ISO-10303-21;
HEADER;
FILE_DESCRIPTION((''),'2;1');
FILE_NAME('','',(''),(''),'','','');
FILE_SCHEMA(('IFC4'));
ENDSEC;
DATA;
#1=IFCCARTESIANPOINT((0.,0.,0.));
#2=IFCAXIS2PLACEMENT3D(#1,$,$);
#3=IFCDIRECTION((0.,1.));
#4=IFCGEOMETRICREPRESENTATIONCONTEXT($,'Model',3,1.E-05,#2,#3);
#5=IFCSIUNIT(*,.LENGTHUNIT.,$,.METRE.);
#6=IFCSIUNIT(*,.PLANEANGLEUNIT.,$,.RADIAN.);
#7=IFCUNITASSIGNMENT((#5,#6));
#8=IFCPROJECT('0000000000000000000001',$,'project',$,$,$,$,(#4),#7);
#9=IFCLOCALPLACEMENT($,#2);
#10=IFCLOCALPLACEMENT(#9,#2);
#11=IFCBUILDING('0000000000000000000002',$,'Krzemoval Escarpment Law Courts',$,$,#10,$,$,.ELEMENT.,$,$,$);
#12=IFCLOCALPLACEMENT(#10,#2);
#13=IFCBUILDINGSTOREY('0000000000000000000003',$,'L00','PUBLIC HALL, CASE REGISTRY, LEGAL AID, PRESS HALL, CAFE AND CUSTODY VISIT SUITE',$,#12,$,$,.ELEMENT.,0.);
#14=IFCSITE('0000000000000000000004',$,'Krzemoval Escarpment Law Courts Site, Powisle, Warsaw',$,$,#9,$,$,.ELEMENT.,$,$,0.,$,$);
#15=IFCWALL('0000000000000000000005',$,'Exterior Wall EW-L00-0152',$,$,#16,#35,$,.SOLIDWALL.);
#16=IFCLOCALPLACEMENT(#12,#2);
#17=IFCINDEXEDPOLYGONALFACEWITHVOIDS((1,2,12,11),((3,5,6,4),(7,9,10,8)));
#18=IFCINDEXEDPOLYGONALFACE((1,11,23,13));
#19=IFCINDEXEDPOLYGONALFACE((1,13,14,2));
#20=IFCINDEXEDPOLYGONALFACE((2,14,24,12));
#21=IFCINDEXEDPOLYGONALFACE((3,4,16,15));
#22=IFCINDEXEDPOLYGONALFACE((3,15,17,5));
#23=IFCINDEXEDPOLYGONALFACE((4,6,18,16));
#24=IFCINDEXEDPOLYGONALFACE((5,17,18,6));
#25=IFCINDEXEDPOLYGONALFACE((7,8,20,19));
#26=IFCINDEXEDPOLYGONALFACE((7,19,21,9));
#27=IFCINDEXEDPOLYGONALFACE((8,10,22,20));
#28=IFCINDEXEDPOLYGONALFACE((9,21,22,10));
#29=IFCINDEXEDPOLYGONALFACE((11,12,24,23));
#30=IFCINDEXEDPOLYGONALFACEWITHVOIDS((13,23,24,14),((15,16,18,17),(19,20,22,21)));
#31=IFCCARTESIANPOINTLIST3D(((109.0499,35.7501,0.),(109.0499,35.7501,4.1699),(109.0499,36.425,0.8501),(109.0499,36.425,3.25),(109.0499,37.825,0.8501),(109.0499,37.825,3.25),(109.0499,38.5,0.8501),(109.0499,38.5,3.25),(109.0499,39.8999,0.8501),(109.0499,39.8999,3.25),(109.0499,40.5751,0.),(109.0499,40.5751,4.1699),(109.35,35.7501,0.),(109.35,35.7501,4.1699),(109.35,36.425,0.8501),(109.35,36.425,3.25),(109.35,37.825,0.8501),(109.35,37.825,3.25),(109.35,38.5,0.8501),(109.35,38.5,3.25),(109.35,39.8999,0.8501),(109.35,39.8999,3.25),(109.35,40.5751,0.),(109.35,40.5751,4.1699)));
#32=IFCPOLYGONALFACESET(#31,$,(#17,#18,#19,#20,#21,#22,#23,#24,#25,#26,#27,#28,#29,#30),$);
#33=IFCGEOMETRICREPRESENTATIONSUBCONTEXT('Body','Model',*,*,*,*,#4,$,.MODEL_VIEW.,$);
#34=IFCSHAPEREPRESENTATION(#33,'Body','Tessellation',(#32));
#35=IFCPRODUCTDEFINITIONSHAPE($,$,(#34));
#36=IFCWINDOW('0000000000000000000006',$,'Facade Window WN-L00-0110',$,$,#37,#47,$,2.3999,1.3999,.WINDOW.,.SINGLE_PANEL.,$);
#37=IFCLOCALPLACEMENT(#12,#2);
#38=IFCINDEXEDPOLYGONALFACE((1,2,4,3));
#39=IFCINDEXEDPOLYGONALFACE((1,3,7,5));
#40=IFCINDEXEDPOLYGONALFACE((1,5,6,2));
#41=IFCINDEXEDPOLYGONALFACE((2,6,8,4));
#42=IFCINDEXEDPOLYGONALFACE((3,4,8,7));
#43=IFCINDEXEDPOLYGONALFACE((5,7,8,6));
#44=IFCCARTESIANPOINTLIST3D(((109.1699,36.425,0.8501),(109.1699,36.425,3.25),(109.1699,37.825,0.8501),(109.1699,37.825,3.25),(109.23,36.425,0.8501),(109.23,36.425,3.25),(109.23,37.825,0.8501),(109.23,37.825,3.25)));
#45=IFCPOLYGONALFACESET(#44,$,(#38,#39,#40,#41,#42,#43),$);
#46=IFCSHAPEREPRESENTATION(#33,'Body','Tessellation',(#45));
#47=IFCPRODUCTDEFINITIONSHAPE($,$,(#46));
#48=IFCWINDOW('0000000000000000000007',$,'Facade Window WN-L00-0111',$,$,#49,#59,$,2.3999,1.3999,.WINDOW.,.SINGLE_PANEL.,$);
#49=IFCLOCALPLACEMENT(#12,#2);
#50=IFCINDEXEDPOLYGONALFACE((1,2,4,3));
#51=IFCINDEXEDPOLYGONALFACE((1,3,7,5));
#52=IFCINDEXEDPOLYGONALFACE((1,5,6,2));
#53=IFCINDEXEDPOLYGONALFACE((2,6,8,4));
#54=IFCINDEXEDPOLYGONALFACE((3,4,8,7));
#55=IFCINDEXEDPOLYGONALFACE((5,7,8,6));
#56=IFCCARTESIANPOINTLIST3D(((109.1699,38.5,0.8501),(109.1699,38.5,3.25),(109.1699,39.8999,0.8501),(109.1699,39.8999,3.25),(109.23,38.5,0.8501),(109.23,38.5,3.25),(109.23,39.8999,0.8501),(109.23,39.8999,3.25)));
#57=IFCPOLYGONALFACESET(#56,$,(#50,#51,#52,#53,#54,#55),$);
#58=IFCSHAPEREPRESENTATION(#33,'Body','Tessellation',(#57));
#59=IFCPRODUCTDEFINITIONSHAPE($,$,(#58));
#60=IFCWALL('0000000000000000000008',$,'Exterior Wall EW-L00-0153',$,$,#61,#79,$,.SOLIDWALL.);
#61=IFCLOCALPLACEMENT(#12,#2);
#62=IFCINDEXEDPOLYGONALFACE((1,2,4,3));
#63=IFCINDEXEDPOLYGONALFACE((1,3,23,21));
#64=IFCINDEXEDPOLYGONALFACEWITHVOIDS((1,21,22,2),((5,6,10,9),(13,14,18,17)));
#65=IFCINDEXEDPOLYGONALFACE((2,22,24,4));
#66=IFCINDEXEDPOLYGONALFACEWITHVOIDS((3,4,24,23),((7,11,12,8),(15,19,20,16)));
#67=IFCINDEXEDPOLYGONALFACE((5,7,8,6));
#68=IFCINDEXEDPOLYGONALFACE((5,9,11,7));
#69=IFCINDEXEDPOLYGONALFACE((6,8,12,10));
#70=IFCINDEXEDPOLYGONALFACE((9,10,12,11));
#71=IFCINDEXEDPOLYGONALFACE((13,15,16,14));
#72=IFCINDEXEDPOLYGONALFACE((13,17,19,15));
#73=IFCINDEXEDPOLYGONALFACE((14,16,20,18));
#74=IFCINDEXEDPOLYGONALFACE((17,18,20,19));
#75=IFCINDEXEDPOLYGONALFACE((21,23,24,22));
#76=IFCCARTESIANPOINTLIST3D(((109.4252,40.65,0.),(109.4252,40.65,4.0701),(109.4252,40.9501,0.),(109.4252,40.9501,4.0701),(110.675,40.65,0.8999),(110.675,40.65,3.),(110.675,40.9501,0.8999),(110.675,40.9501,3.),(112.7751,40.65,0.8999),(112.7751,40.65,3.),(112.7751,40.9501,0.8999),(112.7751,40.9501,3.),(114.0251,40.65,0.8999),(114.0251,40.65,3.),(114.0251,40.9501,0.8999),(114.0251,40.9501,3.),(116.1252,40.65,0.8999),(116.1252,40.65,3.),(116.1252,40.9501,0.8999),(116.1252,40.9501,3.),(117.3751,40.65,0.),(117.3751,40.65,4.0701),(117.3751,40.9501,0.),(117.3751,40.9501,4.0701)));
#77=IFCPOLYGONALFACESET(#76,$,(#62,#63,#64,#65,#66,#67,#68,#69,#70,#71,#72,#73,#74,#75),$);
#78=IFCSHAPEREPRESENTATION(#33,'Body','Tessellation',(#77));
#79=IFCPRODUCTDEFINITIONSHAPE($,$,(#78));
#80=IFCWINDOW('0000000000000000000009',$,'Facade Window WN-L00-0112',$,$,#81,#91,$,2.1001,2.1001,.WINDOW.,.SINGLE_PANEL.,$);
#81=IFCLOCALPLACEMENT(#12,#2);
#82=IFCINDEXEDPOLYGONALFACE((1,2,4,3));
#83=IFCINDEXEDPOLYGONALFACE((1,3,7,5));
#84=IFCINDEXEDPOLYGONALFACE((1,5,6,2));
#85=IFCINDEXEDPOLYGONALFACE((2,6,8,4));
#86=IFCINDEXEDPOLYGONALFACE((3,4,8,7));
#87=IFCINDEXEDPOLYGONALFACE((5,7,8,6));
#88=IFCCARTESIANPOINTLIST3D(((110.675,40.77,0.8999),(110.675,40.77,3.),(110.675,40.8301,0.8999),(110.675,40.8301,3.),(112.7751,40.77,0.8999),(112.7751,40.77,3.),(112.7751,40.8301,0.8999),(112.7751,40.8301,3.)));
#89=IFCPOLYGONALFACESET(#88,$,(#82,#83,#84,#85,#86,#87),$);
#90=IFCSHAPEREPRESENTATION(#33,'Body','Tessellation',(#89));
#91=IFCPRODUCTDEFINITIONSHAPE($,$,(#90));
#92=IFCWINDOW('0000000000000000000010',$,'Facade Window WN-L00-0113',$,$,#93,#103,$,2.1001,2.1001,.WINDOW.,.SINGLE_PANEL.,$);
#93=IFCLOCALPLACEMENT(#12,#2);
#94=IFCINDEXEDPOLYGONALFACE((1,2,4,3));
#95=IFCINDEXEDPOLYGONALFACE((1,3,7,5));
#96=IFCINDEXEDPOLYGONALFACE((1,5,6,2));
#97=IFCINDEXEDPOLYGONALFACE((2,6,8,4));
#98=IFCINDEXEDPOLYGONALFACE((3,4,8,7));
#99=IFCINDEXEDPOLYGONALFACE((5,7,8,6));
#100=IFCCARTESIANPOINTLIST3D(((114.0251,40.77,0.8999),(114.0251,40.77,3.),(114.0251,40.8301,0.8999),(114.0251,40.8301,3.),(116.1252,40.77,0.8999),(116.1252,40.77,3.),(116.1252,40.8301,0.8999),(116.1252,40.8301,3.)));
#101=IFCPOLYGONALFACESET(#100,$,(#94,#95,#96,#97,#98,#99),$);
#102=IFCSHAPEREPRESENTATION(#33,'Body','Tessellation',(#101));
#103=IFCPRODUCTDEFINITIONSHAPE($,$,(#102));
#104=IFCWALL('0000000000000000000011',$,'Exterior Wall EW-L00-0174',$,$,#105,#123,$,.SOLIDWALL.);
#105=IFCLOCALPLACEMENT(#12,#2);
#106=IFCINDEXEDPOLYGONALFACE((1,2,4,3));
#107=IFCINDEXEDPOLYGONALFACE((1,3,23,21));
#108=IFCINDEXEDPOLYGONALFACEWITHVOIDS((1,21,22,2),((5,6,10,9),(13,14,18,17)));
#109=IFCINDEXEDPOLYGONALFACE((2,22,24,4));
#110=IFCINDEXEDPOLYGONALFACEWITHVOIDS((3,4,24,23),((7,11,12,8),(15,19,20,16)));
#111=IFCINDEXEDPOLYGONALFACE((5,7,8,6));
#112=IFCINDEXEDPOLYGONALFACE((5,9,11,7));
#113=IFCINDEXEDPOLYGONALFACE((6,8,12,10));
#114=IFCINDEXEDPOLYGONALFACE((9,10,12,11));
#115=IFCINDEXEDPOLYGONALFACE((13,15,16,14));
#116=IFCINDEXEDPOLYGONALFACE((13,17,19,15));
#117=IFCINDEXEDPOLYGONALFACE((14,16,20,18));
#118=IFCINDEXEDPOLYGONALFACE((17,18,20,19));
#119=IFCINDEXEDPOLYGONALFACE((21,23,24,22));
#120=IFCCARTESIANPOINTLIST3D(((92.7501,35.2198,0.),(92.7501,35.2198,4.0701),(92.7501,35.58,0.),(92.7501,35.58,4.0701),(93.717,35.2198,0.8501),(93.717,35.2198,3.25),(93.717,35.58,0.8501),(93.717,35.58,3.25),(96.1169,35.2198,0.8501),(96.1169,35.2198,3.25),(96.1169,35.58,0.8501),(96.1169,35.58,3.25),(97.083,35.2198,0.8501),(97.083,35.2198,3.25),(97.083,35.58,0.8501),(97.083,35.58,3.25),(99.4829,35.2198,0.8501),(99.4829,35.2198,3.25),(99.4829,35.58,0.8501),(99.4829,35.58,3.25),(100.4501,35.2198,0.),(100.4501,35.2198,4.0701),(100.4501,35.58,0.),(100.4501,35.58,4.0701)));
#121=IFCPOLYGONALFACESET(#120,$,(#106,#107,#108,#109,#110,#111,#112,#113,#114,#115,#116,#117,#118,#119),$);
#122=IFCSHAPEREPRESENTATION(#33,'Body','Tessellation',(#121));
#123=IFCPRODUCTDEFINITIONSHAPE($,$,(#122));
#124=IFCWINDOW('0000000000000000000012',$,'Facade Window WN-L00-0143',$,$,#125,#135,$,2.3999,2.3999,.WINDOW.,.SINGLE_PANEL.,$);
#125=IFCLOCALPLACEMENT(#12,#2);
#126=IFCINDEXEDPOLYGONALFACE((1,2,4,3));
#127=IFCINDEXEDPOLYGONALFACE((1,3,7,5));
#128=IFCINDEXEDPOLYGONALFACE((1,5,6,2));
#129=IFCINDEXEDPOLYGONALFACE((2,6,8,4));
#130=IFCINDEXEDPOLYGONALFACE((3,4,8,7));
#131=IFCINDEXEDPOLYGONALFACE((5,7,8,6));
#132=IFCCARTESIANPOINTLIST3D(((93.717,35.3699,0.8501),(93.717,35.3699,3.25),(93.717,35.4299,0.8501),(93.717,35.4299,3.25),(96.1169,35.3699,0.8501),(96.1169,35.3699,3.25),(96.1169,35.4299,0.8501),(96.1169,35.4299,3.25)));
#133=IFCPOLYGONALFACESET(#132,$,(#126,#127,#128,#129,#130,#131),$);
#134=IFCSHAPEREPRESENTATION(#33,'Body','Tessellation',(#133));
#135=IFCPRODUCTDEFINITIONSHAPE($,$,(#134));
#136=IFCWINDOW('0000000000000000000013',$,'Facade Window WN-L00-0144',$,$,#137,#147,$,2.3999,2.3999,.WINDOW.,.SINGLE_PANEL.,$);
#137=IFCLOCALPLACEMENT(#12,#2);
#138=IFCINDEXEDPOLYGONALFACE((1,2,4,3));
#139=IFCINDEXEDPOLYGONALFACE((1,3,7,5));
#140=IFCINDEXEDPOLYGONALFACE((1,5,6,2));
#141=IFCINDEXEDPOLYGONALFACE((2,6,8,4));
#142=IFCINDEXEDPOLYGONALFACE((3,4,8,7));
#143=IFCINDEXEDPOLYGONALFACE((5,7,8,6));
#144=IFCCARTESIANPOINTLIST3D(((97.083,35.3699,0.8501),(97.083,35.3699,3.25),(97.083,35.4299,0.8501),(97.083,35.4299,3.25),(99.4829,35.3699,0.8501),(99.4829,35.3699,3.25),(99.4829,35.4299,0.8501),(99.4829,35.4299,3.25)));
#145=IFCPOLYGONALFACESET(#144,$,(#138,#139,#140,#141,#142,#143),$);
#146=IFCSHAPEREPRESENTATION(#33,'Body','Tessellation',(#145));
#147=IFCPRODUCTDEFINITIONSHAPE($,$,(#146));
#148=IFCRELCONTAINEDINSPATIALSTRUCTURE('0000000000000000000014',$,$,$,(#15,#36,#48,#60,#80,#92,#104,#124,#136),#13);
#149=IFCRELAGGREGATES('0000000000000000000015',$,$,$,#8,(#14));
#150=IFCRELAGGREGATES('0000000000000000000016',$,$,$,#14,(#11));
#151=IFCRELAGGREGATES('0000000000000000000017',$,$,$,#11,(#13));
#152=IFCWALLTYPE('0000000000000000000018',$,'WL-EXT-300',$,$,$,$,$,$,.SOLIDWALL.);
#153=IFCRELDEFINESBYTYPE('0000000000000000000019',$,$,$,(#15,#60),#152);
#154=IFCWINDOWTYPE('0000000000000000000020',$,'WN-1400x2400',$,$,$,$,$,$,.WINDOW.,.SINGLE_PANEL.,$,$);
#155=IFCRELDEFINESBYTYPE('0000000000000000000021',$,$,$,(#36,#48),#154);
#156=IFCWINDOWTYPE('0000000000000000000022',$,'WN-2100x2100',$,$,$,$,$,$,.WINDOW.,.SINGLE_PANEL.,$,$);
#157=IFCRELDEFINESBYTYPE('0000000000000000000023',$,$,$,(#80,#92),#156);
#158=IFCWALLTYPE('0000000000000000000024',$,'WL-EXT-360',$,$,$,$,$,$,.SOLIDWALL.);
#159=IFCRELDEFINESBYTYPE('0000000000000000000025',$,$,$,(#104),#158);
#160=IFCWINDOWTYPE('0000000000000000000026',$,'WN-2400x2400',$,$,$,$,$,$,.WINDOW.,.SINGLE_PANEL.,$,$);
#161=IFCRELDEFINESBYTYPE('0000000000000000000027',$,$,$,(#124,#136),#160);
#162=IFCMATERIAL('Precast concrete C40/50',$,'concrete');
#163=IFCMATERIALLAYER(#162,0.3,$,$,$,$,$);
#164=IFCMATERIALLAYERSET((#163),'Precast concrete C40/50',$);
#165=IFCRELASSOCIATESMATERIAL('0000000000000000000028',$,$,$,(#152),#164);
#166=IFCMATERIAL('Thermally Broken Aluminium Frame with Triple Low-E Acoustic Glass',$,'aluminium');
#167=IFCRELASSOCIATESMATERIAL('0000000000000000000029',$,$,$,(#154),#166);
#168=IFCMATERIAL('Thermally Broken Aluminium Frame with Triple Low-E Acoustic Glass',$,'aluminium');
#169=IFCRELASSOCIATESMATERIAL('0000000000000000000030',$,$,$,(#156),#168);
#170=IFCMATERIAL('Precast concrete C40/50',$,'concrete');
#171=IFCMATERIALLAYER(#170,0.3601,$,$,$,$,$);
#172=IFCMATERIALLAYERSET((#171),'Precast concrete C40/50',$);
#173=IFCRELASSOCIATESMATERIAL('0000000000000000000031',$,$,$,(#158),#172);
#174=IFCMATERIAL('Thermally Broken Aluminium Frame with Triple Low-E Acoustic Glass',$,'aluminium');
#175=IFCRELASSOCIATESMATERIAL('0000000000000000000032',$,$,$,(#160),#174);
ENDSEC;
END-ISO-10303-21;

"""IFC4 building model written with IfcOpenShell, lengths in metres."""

from ifc_helpers import new_model, si_unit, direction, frame, frame_2d, origin, place, context, subcontext, project, spatial, rectangle, extrude, material, layer, layer_set, type_object, element, fill, save


model = new_model("IFC4")

# Units and contexts
model_context = context("Model", 3, precision=1e-05, world=origin(), true_north=direction((0.0, 1.0)))
body_context = subcontext(model_context, "Body", "Model", "MODEL_VIEW")
ifc_project = project(units=[si_unit("LENGTHUNIT", "METRE"), si_unit("PLANEANGLEUNIT", "RADIAN")], contexts=[model_context])

# Site, building, storey
site_placement = place(None, origin())
site = spatial("IfcSite", under=ifc_project, at=site_placement, Name="Krzemoval Escarpment Law Courts Site, Powisle, Warsaw", CompositionType="ELEMENT", RefElevation=0.0)
building_placement = place(site_placement, origin())
building = spatial("IfcBuilding", under=site, at=building_placement, Name="Krzemoval Escarpment Law Courts", CompositionType="ELEMENT")
storey_placement = place(building_placement, origin())
storey = spatial("IfcBuildingStorey", under=building, at=storey_placement, Name="L00", Description="PUBLIC HALL, CASE REGISTRY, LEGAL AID, PRESS HALL, CAFE AND CUSTODY VISIT SUITE", CompositionType="ELEMENT", Elevation=0.0)

# Walls, openings, windows
ifc_material_1 = material(Name="Precast concrete C40/50", Category="concrete")
ifc_layer_1 = layer(ifc_material_1, 0.3)
ifc_layer_set_1 = layer_set([ifc_layer_1], Name="Precast concrete C40/50")
wall_type_1 = type_object("IfcWallType", Name="WL-EXT-300", PredefinedType="SOLIDWALL", material=ifc_layer_set_1)
wall_1_placement = place(storey_placement, frame((109.2, 35.75, 0.0), z_axis=(0.0, 0.0, 1.0), x_axis=(0.0, 1.0, 0.0)))
wall_1 = element("IfcWall", 1, at=wall_1_placement, inside=storey, type_object=wall_type_1, Name="Exterior Wall EW-L00-0152", PredefinedType="SOLIDWALL", context=body_context, shape_type="SweptSolid", body=[
    extrude(rectangle(XDim=4.825, YDim=0.3, at=frame_2d((2.4126, 0.0))), origin(), (0.0, 0.0, 1.0), 4.1699),
])
opening_1_placement = place(wall_1_placement, frame((0.675, 0.0, 0.8501)))
opening_1 = element("IfcOpeningElement", 2, at=opening_1_placement, cuts=wall_1, PredefinedType="OPENING", context=body_context, shape_type="SweptSolid", body=[
    extrude(rectangle(XDim=1.3999, YDim=2.3999, at=frame_2d((0.7, 1.2))), frame((0.0, 0.165, 0.0), z_axis=(0.0, -1.0, 0.0), x_axis=(1.0, 0.0, 0.0)), (0.0, 0.0, 1.0), 0.3301),
])
opening_2_placement = place(wall_1_placement, frame((2.75, 0.0, 0.8501)))
opening_2 = element("IfcOpeningElement", 3, at=opening_2_placement, cuts=wall_1, PredefinedType="OPENING", context=body_context, shape_type="SweptSolid", body=[
    extrude(rectangle(XDim=1.3999, YDim=2.3999, at=frame_2d((0.7, 1.2))), frame((0.0, 0.165, 0.0), z_axis=(0.0, -1.0, 0.0), x_axis=(1.0, 0.0, 0.0)), (0.0, 0.0, 1.0), 0.3301),
])
ifc_material_2 = material(Name="Thermally Broken Aluminium Frame with Triple Low-E Acoustic Glass", Category="aluminium")
window_type_1 = type_object("IfcWindowType", Name="WN-1400x2400", PartitioningType="SINGLE_PANEL", PredefinedType="WINDOW", material=ifc_material_2)
window_1_placement = place(opening_1_placement, origin())
window_1 = element("IfcWindow", 4, at=window_1_placement, inside=storey, type_object=window_type_1, Name="Facade Window WN-L00-0110", OverallHeight=2.3999, OverallWidth=1.3999, PartitioningType="SINGLE_PANEL", PredefinedType="WINDOW", context=body_context, shape_type="SweptSolid", body=[
    extrude(rectangle(XDim=1.3999, YDim=2.3999, at=frame_2d((0.7, 1.2))), frame((0.0, 0.03, 0.0), z_axis=(0.0, -1.0, 0.0), x_axis=(1.0, 0.0, 0.0)), (0.0, 0.0, 1.0), 0.0601),
])
fill(opening_1, window_1)
window_2_placement = place(opening_2_placement, origin())
window_2 = element("IfcWindow", 5, at=window_2_placement, inside=storey, type_object=window_type_1, Name="Facade Window WN-L00-0111", OverallHeight=2.3999, OverallWidth=1.3999, PartitioningType="SINGLE_PANEL", PredefinedType="WINDOW", context=body_context, shape_type="SweptSolid", body=[
    extrude(rectangle(XDim=1.3999, YDim=2.3999, at=frame_2d((0.7, 1.2))), frame((0.0, 0.03, 0.0), z_axis=(0.0, -1.0, 0.0), x_axis=(1.0, 0.0, 0.0)), (0.0, 0.0, 1.0), 0.0601),
])
fill(opening_2, window_2)
wall_2_placement = place(storey_placement, frame((109.425, 40.8, 0.0), z_axis=(0.0, 0.0, 1.0), x_axis=(1.0, 0.0, 0.0)))
wall_2 = element("IfcWall", 6, at=wall_2_placement, inside=storey, type_object=wall_type_1, Name="Exterior Wall EW-L00-0153", PredefinedType="SOLIDWALL", context=body_context, shape_type="SweptSolid", body=[
    extrude(rectangle(XDim=7.95, YDim=0.3, at=frame_2d((3.9751, 0.0))), origin(), (0.0, 0.0, 1.0), 4.0701),
])
opening_3_placement = place(wall_2_placement, frame((1.25, 0.0, 0.8999)))
opening_3 = element("IfcOpeningElement", 7, at=opening_3_placement, cuts=wall_2, PredefinedType="OPENING", context=body_context, shape_type="SweptSolid", body=[
    extrude(rectangle(XDim=2.1001, YDim=2.1001, at=frame_2d((1.05, 1.05))), frame((0.0, 0.165, 0.0), z_axis=(0.0, -1.0, 0.0), x_axis=(1.0, 0.0, 0.0)), (0.0, 0.0, 1.0), 0.3301),
])
opening_4_placement = place(wall_2_placement, frame((4.6001, 0.0, 0.8999)))
opening_4 = element("IfcOpeningElement", 8, at=opening_4_placement, cuts=wall_2, PredefinedType="OPENING", context=body_context, shape_type="SweptSolid", body=[
    extrude(rectangle(XDim=2.1001, YDim=2.1001, at=frame_2d((1.05, 1.05))), frame((0.0, 0.165, 0.0), z_axis=(0.0, -1.0, 0.0), x_axis=(1.0, 0.0, 0.0)), (0.0, 0.0, 1.0), 0.3301),
])
ifc_material_3 = material(Name="Thermally Broken Aluminium Frame with Triple Low-E Acoustic Glass", Category="aluminium")
window_type_2 = type_object("IfcWindowType", Name="WN-2100x2100", PartitioningType="SINGLE_PANEL", PredefinedType="WINDOW", material=ifc_material_3)
window_3_placement = place(opening_3_placement, origin())
window_3 = element("IfcWindow", 9, at=window_3_placement, inside=storey, type_object=window_type_2, Name="Facade Window WN-L00-0112", OverallHeight=2.1001, OverallWidth=2.1001, PartitioningType="SINGLE_PANEL", PredefinedType="WINDOW", context=body_context, shape_type="SweptSolid", body=[
    extrude(rectangle(XDim=2.1001, YDim=2.1001, at=frame_2d((1.05, 1.05))), frame((0.0, 0.03, 0.0), z_axis=(0.0, -1.0, 0.0), x_axis=(1.0, 0.0, 0.0)), (0.0, 0.0, 1.0), 0.0601),
])
fill(opening_3, window_3)
window_4_placement = place(opening_4_placement, origin())
window_4 = element("IfcWindow", 10, at=window_4_placement, inside=storey, type_object=window_type_2, Name="Facade Window WN-L00-0113", OverallHeight=2.1001, OverallWidth=2.1001, PartitioningType="SINGLE_PANEL", PredefinedType="WINDOW", context=body_context, shape_type="SweptSolid", body=[
    extrude(rectangle(XDim=2.1001, YDim=2.1001, at=frame_2d((1.05, 1.05))), frame((0.0, 0.03, 0.0), z_axis=(0.0, -1.0, 0.0), x_axis=(1.0, 0.0, 0.0)), (0.0, 0.0, 1.0), 0.0601),
])
fill(opening_4, window_4)
ifc_material_4 = material(Name="Precast concrete C40/50", Category="concrete")
ifc_layer_2 = layer(ifc_material_4, 0.3601)
ifc_layer_set_2 = layer_set([ifc_layer_2], Name="Precast concrete C40/50")
wall_type_2 = type_object("IfcWallType", Name="WL-EXT-360", PredefinedType="SOLIDWALL", material=ifc_layer_set_2)
wall_3_placement = place(storey_placement, frame((92.75, 35.3999, 0.0), z_axis=(0.0, 0.0, 1.0), x_axis=(1.0, 0.0, 0.0)))
wall_3 = element("IfcWall", 11, at=wall_3_placement, inside=storey, type_object=wall_type_2, Name="Exterior Wall EW-L00-0174", PredefinedType="SOLIDWALL", context=body_context, shape_type="SweptSolid", body=[
    extrude(rectangle(XDim=7.7, YDim=0.3601, at=frame_2d((3.8501, 0.0))), origin(), (0.0, 0.0, 1.0), 4.0701),
])
opening_5_placement = place(wall_3_placement, frame((0.967, 0.0, 0.8501)))
opening_5 = element("IfcOpeningElement", 12, at=opening_5_placement, cuts=wall_3, PredefinedType="OPENING", context=body_context, shape_type="SweptSolid", body=[
    extrude(rectangle(XDim=2.3999, YDim=2.3999, at=frame_2d((1.2, 1.2))), frame((0.0, 0.1951, 0.0), z_axis=(0.0, -1.0, 0.0), x_axis=(1.0, 0.0, 0.0)), (0.0, 0.0, 1.0), 0.3901),
])
opening_6_placement = place(wall_3_placement, frame((4.333, 0.0, 0.8501)))
opening_6 = element("IfcOpeningElement", 13, at=opening_6_placement, cuts=wall_3, PredefinedType="OPENING", context=body_context, shape_type="SweptSolid", body=[
    extrude(rectangle(XDim=2.3999, YDim=2.3999, at=frame_2d((1.2, 1.2))), frame((0.0, 0.1951, 0.0), z_axis=(0.0, -1.0, 0.0), x_axis=(1.0, 0.0, 0.0)), (0.0, 0.0, 1.0), 0.3901),
])
ifc_material_5 = material(Name="Thermally Broken Aluminium Frame with Triple Low-E Acoustic Glass", Category="aluminium")
window_type_3 = type_object("IfcWindowType", Name="WN-2400x2400", PartitioningType="SINGLE_PANEL", PredefinedType="WINDOW", material=ifc_material_5)
window_5_placement = place(opening_5_placement, origin())
window_5 = element("IfcWindow", 14, at=window_5_placement, inside=storey, type_object=window_type_3, Name="Facade Window WN-L00-0143", OverallHeight=2.3999, OverallWidth=2.3999, PartitioningType="SINGLE_PANEL", PredefinedType="WINDOW", context=body_context, shape_type="SweptSolid", body=[
    extrude(rectangle(XDim=2.3999, YDim=2.3999, at=frame_2d((1.2, 1.2))), frame((0.0, 0.03, 0.0), z_axis=(0.0, -1.0, 0.0), x_axis=(1.0, 0.0, 0.0)), (0.0, 0.0, 1.0), 0.0601),
])
fill(opening_5, window_5)
window_6_placement = place(opening_6_placement, origin())
window_6 = element("IfcWindow", 15, at=window_6_placement, inside=storey, type_object=window_type_3, Name="Facade Window WN-L00-0144", OverallHeight=2.3999, OverallWidth=2.3999, PartitioningType="SINGLE_PANEL", PredefinedType="WINDOW", context=body_context, shape_type="SweptSolid", body=[
    extrude(rectangle(XDim=2.3999, YDim=2.3999, at=frame_2d((1.2, 1.2))), frame((0.0, 0.03, 0.0), z_axis=(0.0, -1.0, 0.0), x_axis=(1.0, 0.0, 0.0)), (0.0, 0.0, 1.0), 0.0601),
])
fill(opening_6, window_6)

save(model, "model.ifc")
